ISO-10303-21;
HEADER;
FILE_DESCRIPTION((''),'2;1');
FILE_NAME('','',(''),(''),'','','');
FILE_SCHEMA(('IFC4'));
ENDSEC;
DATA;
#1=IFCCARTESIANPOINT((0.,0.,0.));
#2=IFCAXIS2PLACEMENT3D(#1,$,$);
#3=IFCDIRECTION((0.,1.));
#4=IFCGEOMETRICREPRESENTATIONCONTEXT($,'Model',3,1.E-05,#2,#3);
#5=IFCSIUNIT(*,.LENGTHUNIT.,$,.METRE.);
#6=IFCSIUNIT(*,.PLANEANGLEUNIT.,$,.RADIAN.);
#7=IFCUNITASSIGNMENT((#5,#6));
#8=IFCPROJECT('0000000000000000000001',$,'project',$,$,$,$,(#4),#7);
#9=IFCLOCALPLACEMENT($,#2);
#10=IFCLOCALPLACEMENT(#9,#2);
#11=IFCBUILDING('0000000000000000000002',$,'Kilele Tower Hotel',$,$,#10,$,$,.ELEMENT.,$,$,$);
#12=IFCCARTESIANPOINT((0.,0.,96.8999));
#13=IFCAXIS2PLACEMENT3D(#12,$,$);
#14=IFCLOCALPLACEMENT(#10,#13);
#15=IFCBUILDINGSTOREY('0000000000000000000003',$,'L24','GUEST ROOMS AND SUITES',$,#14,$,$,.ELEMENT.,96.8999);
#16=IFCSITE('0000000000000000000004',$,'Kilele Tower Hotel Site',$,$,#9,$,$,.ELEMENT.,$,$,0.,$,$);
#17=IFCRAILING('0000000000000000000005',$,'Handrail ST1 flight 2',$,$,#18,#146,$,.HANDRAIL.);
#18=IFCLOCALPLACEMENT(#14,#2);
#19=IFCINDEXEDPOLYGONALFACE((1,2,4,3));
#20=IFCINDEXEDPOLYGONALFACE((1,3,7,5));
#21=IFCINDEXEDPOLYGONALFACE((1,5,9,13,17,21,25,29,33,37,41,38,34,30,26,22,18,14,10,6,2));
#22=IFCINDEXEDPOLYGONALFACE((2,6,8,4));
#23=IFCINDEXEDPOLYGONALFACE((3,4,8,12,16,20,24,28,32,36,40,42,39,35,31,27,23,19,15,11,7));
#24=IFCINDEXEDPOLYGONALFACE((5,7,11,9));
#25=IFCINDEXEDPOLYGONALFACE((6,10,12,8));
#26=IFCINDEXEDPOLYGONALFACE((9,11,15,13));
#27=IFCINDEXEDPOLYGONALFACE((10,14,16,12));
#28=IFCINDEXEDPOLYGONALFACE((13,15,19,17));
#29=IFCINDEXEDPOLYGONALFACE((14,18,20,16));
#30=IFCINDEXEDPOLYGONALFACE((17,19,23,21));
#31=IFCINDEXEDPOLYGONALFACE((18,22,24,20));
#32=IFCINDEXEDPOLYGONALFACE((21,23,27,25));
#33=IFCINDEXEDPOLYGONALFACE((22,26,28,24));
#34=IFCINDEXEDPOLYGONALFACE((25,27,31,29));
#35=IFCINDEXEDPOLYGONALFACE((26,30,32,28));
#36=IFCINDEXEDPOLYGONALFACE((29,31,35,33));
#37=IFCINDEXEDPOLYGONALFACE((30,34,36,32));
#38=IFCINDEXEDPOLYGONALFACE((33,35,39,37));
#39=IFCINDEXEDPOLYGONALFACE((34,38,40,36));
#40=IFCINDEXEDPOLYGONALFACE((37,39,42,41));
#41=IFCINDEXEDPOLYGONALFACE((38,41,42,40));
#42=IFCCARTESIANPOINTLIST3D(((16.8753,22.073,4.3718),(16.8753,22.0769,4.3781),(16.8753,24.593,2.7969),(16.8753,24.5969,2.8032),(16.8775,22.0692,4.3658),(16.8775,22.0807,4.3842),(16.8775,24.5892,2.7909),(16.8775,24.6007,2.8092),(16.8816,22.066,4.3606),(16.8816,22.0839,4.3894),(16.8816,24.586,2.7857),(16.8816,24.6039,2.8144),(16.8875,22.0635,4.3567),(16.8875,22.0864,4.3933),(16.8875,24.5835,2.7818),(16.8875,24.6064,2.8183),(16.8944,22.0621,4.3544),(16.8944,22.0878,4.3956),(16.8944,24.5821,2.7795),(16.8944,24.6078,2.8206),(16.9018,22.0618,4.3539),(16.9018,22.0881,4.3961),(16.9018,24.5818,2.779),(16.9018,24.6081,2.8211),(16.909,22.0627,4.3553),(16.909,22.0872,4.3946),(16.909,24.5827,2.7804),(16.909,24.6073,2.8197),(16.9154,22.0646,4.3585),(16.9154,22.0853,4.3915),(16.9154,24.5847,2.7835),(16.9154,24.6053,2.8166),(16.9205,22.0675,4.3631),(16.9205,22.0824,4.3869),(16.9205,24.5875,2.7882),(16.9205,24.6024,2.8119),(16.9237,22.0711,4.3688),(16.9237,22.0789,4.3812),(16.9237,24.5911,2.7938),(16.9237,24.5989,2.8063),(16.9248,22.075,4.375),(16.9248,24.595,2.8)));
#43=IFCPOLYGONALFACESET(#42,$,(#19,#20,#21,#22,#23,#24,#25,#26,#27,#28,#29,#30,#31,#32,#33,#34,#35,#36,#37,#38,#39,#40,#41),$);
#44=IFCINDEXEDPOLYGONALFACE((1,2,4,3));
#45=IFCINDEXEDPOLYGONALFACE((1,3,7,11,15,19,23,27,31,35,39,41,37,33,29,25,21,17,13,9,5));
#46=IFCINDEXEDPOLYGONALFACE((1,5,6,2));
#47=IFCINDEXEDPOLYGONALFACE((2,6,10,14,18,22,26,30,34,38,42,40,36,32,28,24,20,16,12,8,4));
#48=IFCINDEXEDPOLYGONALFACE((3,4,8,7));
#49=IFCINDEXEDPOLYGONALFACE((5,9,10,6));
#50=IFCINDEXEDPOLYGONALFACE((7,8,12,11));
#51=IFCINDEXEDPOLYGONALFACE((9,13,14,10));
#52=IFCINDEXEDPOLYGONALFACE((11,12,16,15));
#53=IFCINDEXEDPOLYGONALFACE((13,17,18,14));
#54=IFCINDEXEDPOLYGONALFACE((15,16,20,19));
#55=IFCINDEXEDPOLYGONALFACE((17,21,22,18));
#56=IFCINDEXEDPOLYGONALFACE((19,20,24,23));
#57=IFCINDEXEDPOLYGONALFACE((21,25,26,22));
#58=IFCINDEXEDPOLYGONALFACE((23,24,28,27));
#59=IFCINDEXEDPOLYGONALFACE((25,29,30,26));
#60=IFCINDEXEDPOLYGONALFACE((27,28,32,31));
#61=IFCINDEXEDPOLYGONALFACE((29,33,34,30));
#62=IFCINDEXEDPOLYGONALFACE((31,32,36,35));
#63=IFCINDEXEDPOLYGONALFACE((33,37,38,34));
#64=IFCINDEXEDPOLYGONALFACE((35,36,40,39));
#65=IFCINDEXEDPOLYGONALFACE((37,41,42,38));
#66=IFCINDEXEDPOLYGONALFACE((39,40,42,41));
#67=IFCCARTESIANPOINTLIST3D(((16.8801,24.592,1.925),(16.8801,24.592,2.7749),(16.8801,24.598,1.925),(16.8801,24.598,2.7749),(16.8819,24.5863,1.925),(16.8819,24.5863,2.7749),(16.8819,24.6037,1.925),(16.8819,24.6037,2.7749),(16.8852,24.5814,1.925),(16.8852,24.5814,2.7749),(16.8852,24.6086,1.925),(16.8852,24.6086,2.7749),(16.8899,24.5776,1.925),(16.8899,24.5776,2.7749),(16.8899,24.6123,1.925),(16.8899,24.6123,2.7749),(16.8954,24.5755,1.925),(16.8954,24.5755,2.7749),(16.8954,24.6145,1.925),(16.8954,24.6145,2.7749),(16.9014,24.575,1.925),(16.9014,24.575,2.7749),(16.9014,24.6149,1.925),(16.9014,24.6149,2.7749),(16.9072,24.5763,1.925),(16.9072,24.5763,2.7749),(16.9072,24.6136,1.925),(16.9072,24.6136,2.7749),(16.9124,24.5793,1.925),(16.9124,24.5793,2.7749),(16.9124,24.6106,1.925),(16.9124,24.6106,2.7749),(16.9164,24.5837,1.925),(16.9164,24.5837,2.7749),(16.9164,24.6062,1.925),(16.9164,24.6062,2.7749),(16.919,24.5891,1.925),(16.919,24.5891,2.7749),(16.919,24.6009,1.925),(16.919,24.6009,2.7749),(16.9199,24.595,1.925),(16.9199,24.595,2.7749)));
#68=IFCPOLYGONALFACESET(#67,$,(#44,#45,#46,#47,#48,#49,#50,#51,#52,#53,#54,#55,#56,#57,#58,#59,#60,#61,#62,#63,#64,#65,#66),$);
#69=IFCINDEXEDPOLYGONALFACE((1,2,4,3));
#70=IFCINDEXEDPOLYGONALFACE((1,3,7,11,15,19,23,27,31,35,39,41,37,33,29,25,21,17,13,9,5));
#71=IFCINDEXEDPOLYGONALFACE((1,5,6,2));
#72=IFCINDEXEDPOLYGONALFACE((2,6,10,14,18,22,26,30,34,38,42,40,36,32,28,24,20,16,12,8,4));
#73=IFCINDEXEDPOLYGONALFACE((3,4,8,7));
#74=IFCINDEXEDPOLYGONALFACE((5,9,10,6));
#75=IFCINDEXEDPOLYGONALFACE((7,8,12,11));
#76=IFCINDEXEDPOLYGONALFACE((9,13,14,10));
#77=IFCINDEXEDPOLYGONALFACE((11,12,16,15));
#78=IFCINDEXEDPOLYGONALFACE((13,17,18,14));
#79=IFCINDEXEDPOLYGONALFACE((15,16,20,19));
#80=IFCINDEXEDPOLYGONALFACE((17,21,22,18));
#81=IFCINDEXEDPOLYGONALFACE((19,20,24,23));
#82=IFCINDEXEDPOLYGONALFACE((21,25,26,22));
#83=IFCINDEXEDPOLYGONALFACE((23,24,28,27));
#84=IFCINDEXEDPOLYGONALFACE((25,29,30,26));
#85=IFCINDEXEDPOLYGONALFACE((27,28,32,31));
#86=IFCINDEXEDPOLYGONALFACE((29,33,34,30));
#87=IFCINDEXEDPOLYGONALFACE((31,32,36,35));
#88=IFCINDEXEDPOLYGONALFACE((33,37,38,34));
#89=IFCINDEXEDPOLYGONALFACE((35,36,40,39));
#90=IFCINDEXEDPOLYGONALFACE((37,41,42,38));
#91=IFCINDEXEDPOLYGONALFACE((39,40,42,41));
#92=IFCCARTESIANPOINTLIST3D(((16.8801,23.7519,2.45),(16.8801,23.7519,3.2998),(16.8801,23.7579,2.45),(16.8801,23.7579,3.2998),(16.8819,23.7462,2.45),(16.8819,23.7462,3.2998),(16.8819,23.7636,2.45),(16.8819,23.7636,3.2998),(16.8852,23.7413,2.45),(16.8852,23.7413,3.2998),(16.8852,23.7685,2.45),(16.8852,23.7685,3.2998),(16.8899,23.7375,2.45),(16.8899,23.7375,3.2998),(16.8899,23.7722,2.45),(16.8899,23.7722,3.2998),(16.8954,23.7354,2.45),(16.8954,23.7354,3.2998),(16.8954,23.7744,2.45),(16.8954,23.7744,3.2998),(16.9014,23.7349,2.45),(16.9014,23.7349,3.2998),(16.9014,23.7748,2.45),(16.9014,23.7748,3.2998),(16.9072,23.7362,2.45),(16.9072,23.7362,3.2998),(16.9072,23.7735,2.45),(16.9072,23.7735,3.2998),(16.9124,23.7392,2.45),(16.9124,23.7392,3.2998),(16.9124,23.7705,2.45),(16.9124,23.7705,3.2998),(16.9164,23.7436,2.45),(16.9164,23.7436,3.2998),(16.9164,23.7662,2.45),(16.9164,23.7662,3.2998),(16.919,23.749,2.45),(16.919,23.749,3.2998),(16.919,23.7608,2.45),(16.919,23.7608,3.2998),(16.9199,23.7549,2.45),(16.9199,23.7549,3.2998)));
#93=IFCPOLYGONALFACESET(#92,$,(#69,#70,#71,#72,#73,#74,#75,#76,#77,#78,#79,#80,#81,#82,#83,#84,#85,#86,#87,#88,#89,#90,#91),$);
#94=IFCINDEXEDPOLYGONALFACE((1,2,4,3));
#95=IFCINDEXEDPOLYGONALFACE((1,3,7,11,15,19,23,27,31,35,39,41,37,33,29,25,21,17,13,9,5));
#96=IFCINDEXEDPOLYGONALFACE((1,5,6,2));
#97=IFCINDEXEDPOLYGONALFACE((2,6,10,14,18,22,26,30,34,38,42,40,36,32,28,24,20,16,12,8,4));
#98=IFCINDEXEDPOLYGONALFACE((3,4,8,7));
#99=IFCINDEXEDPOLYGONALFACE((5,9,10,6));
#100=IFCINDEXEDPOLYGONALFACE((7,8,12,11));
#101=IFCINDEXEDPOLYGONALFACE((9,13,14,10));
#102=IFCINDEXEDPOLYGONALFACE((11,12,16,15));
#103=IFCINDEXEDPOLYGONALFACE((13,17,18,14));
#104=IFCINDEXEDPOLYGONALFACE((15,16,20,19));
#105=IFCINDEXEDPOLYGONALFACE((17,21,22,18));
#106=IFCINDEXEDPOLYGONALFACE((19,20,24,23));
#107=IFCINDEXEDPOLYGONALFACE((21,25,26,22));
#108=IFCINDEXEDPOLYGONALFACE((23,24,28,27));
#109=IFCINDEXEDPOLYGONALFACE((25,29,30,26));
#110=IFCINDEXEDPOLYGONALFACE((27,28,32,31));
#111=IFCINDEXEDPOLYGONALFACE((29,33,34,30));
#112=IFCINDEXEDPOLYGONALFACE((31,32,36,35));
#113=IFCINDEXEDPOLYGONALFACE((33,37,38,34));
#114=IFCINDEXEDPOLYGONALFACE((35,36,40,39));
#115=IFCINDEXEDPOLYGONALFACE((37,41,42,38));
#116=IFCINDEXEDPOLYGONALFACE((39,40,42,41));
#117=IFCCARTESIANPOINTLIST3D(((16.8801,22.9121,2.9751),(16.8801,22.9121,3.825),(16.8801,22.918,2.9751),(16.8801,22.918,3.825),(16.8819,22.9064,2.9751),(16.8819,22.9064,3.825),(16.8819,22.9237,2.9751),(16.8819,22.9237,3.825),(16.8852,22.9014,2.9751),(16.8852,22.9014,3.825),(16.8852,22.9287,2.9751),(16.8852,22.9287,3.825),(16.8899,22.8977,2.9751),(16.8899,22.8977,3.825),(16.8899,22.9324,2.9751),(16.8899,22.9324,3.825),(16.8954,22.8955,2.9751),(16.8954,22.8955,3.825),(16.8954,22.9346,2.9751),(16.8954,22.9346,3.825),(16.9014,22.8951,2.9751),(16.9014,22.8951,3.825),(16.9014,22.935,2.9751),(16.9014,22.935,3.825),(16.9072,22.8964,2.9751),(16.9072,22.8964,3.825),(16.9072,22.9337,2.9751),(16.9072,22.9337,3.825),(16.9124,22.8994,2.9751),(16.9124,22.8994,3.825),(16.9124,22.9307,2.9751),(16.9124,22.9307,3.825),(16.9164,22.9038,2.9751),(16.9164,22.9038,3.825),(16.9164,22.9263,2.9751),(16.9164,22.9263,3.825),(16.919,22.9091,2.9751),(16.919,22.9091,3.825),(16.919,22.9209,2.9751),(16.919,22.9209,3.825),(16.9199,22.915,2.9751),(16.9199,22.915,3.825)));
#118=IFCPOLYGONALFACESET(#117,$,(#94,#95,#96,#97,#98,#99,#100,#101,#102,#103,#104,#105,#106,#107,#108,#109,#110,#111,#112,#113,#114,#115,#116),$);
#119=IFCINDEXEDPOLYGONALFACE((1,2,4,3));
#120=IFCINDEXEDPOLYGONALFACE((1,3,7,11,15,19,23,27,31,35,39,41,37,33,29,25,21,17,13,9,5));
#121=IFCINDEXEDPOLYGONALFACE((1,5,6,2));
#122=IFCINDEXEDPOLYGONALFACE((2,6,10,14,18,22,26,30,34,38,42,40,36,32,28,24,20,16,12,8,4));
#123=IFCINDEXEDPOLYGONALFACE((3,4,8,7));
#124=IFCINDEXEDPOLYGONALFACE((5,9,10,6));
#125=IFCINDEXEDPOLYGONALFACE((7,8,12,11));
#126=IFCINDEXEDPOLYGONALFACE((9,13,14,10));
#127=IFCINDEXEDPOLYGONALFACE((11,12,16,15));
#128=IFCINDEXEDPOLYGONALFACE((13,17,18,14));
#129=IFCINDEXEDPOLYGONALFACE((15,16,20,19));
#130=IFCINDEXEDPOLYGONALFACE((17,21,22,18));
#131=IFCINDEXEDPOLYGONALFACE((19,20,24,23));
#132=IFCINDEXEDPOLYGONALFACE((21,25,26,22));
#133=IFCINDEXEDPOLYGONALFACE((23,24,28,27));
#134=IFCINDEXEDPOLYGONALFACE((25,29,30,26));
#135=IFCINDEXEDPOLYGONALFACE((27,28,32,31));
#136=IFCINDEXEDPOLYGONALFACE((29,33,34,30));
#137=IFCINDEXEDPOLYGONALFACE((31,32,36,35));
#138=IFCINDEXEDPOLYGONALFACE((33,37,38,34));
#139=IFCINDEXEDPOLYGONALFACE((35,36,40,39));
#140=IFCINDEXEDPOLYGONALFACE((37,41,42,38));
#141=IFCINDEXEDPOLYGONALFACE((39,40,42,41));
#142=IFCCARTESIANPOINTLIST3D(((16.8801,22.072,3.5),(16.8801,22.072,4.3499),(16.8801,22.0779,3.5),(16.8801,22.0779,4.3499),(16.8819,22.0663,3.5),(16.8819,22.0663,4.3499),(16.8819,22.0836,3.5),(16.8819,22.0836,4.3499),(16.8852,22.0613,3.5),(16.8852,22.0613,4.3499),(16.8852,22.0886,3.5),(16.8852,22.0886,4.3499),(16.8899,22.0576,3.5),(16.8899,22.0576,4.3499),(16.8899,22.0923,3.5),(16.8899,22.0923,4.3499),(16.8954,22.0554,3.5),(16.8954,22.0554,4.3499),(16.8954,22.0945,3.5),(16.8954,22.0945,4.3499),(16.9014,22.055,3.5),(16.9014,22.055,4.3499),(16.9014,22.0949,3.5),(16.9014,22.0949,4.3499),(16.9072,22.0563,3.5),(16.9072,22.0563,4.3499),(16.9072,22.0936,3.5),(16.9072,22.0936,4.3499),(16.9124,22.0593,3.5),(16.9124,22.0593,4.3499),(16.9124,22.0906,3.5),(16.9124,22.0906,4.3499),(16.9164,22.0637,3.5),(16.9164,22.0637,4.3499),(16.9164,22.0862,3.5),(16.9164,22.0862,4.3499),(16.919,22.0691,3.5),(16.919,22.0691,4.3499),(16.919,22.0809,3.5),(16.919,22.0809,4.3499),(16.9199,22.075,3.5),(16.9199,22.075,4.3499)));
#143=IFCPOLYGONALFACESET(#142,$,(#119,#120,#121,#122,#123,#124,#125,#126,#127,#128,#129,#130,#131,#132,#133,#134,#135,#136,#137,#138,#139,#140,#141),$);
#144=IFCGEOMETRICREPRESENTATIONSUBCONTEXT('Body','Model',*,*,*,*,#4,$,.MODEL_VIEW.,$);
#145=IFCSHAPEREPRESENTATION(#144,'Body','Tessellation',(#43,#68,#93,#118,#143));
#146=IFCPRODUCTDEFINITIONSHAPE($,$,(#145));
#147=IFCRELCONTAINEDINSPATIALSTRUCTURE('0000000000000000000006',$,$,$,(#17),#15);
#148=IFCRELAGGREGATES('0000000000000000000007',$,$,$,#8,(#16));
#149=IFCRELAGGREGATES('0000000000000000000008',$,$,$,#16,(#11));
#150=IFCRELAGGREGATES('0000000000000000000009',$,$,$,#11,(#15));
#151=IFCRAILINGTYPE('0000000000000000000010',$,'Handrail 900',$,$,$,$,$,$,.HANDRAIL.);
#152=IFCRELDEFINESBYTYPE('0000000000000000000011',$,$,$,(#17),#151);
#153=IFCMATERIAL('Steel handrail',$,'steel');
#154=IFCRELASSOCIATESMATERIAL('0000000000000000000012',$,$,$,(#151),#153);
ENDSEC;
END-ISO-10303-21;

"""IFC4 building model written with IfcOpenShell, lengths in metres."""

from ifc_helpers import new_model, si_unit, direction, frame, origin, origin_2d, place, context, subcontext, project, spatial, circle, extrude, material, type_object, element, save


model = new_model("IFC4")

# Units and contexts
model_context = context("Model", 3, precision=1e-05, world=origin(), true_north=direction((0.0, 1.0)))
body_context = subcontext(model_context, "Body", "Model", "MODEL_VIEW")
ifc_project = project(units=[si_unit("LENGTHUNIT", "METRE"), si_unit("PLANEANGLEUNIT", "RADIAN")], contexts=[model_context])

# Site, building, storey
site_placement = place(None, origin())
site = spatial("IfcSite", under=ifc_project, at=site_placement, Name="Kilele Tower Hotel Site", CompositionType="ELEMENT", RefElevation=0.0)
building_placement = place(site_placement, origin())
building = spatial("IfcBuilding", under=site, at=building_placement, Name="Kilele Tower Hotel", CompositionType="ELEMENT")
storey_placement = place(building_placement, frame((0.0, 0.0, 96.8999)))
storey = spatial("IfcBuildingStorey", under=building, at=storey_placement, Name="L24", Description="GUEST ROOMS AND SUITES", CompositionType="ELEMENT", Elevation=96.8999)

# Railing
ifc_material_1 = material(Name="Steel handrail", Category="steel")
railing_type_1 = type_object("IfcRailingType", Name="Handrail 900", PredefinedType="HANDRAIL", material=ifc_material_1)
for number, where, name in (
    (1, (16.8999, 24.595, 1.925), "Handrail ST1 flight 2"),
):
    element("IfcRailing", number, at=place(storey_placement, frame(where)), inside=storey, type_object=railing_type_1, Name=name, PredefinedType="HANDRAIL", context=body_context, shape_type="SweptSolid", body=[
        extrude(circle(Radius=0.0249, at=origin_2d()), frame((0.0, 0.0, 0.875), z_axis=(0.0, -0.848008, 0.529984), x_axis=(1.0, 0.0, 0.0)), (0.0, 0.0, 1.0), 2.9717),
        extrude(circle(Radius=0.02, at=origin_2d()), origin(), (0.0, 0.0, 1.0), 0.8499),
        extrude(circle(Radius=0.02, at=origin_2d()), frame((0.0, -0.8401, 0.5249)), (0.0, 0.0, 1.0), 0.8499),
        extrude(circle(Radius=0.02, at=origin_2d()), frame((0.0, -1.6799, 1.05)), (0.0, 0.0, 1.0), 0.8499),
        extrude(circle(Radius=0.02, at=origin_2d()), frame((0.0, -2.52, 1.575)), (0.0, 0.0, 1.0), 0.8499),
    ])

save(model, "model.ifc")
